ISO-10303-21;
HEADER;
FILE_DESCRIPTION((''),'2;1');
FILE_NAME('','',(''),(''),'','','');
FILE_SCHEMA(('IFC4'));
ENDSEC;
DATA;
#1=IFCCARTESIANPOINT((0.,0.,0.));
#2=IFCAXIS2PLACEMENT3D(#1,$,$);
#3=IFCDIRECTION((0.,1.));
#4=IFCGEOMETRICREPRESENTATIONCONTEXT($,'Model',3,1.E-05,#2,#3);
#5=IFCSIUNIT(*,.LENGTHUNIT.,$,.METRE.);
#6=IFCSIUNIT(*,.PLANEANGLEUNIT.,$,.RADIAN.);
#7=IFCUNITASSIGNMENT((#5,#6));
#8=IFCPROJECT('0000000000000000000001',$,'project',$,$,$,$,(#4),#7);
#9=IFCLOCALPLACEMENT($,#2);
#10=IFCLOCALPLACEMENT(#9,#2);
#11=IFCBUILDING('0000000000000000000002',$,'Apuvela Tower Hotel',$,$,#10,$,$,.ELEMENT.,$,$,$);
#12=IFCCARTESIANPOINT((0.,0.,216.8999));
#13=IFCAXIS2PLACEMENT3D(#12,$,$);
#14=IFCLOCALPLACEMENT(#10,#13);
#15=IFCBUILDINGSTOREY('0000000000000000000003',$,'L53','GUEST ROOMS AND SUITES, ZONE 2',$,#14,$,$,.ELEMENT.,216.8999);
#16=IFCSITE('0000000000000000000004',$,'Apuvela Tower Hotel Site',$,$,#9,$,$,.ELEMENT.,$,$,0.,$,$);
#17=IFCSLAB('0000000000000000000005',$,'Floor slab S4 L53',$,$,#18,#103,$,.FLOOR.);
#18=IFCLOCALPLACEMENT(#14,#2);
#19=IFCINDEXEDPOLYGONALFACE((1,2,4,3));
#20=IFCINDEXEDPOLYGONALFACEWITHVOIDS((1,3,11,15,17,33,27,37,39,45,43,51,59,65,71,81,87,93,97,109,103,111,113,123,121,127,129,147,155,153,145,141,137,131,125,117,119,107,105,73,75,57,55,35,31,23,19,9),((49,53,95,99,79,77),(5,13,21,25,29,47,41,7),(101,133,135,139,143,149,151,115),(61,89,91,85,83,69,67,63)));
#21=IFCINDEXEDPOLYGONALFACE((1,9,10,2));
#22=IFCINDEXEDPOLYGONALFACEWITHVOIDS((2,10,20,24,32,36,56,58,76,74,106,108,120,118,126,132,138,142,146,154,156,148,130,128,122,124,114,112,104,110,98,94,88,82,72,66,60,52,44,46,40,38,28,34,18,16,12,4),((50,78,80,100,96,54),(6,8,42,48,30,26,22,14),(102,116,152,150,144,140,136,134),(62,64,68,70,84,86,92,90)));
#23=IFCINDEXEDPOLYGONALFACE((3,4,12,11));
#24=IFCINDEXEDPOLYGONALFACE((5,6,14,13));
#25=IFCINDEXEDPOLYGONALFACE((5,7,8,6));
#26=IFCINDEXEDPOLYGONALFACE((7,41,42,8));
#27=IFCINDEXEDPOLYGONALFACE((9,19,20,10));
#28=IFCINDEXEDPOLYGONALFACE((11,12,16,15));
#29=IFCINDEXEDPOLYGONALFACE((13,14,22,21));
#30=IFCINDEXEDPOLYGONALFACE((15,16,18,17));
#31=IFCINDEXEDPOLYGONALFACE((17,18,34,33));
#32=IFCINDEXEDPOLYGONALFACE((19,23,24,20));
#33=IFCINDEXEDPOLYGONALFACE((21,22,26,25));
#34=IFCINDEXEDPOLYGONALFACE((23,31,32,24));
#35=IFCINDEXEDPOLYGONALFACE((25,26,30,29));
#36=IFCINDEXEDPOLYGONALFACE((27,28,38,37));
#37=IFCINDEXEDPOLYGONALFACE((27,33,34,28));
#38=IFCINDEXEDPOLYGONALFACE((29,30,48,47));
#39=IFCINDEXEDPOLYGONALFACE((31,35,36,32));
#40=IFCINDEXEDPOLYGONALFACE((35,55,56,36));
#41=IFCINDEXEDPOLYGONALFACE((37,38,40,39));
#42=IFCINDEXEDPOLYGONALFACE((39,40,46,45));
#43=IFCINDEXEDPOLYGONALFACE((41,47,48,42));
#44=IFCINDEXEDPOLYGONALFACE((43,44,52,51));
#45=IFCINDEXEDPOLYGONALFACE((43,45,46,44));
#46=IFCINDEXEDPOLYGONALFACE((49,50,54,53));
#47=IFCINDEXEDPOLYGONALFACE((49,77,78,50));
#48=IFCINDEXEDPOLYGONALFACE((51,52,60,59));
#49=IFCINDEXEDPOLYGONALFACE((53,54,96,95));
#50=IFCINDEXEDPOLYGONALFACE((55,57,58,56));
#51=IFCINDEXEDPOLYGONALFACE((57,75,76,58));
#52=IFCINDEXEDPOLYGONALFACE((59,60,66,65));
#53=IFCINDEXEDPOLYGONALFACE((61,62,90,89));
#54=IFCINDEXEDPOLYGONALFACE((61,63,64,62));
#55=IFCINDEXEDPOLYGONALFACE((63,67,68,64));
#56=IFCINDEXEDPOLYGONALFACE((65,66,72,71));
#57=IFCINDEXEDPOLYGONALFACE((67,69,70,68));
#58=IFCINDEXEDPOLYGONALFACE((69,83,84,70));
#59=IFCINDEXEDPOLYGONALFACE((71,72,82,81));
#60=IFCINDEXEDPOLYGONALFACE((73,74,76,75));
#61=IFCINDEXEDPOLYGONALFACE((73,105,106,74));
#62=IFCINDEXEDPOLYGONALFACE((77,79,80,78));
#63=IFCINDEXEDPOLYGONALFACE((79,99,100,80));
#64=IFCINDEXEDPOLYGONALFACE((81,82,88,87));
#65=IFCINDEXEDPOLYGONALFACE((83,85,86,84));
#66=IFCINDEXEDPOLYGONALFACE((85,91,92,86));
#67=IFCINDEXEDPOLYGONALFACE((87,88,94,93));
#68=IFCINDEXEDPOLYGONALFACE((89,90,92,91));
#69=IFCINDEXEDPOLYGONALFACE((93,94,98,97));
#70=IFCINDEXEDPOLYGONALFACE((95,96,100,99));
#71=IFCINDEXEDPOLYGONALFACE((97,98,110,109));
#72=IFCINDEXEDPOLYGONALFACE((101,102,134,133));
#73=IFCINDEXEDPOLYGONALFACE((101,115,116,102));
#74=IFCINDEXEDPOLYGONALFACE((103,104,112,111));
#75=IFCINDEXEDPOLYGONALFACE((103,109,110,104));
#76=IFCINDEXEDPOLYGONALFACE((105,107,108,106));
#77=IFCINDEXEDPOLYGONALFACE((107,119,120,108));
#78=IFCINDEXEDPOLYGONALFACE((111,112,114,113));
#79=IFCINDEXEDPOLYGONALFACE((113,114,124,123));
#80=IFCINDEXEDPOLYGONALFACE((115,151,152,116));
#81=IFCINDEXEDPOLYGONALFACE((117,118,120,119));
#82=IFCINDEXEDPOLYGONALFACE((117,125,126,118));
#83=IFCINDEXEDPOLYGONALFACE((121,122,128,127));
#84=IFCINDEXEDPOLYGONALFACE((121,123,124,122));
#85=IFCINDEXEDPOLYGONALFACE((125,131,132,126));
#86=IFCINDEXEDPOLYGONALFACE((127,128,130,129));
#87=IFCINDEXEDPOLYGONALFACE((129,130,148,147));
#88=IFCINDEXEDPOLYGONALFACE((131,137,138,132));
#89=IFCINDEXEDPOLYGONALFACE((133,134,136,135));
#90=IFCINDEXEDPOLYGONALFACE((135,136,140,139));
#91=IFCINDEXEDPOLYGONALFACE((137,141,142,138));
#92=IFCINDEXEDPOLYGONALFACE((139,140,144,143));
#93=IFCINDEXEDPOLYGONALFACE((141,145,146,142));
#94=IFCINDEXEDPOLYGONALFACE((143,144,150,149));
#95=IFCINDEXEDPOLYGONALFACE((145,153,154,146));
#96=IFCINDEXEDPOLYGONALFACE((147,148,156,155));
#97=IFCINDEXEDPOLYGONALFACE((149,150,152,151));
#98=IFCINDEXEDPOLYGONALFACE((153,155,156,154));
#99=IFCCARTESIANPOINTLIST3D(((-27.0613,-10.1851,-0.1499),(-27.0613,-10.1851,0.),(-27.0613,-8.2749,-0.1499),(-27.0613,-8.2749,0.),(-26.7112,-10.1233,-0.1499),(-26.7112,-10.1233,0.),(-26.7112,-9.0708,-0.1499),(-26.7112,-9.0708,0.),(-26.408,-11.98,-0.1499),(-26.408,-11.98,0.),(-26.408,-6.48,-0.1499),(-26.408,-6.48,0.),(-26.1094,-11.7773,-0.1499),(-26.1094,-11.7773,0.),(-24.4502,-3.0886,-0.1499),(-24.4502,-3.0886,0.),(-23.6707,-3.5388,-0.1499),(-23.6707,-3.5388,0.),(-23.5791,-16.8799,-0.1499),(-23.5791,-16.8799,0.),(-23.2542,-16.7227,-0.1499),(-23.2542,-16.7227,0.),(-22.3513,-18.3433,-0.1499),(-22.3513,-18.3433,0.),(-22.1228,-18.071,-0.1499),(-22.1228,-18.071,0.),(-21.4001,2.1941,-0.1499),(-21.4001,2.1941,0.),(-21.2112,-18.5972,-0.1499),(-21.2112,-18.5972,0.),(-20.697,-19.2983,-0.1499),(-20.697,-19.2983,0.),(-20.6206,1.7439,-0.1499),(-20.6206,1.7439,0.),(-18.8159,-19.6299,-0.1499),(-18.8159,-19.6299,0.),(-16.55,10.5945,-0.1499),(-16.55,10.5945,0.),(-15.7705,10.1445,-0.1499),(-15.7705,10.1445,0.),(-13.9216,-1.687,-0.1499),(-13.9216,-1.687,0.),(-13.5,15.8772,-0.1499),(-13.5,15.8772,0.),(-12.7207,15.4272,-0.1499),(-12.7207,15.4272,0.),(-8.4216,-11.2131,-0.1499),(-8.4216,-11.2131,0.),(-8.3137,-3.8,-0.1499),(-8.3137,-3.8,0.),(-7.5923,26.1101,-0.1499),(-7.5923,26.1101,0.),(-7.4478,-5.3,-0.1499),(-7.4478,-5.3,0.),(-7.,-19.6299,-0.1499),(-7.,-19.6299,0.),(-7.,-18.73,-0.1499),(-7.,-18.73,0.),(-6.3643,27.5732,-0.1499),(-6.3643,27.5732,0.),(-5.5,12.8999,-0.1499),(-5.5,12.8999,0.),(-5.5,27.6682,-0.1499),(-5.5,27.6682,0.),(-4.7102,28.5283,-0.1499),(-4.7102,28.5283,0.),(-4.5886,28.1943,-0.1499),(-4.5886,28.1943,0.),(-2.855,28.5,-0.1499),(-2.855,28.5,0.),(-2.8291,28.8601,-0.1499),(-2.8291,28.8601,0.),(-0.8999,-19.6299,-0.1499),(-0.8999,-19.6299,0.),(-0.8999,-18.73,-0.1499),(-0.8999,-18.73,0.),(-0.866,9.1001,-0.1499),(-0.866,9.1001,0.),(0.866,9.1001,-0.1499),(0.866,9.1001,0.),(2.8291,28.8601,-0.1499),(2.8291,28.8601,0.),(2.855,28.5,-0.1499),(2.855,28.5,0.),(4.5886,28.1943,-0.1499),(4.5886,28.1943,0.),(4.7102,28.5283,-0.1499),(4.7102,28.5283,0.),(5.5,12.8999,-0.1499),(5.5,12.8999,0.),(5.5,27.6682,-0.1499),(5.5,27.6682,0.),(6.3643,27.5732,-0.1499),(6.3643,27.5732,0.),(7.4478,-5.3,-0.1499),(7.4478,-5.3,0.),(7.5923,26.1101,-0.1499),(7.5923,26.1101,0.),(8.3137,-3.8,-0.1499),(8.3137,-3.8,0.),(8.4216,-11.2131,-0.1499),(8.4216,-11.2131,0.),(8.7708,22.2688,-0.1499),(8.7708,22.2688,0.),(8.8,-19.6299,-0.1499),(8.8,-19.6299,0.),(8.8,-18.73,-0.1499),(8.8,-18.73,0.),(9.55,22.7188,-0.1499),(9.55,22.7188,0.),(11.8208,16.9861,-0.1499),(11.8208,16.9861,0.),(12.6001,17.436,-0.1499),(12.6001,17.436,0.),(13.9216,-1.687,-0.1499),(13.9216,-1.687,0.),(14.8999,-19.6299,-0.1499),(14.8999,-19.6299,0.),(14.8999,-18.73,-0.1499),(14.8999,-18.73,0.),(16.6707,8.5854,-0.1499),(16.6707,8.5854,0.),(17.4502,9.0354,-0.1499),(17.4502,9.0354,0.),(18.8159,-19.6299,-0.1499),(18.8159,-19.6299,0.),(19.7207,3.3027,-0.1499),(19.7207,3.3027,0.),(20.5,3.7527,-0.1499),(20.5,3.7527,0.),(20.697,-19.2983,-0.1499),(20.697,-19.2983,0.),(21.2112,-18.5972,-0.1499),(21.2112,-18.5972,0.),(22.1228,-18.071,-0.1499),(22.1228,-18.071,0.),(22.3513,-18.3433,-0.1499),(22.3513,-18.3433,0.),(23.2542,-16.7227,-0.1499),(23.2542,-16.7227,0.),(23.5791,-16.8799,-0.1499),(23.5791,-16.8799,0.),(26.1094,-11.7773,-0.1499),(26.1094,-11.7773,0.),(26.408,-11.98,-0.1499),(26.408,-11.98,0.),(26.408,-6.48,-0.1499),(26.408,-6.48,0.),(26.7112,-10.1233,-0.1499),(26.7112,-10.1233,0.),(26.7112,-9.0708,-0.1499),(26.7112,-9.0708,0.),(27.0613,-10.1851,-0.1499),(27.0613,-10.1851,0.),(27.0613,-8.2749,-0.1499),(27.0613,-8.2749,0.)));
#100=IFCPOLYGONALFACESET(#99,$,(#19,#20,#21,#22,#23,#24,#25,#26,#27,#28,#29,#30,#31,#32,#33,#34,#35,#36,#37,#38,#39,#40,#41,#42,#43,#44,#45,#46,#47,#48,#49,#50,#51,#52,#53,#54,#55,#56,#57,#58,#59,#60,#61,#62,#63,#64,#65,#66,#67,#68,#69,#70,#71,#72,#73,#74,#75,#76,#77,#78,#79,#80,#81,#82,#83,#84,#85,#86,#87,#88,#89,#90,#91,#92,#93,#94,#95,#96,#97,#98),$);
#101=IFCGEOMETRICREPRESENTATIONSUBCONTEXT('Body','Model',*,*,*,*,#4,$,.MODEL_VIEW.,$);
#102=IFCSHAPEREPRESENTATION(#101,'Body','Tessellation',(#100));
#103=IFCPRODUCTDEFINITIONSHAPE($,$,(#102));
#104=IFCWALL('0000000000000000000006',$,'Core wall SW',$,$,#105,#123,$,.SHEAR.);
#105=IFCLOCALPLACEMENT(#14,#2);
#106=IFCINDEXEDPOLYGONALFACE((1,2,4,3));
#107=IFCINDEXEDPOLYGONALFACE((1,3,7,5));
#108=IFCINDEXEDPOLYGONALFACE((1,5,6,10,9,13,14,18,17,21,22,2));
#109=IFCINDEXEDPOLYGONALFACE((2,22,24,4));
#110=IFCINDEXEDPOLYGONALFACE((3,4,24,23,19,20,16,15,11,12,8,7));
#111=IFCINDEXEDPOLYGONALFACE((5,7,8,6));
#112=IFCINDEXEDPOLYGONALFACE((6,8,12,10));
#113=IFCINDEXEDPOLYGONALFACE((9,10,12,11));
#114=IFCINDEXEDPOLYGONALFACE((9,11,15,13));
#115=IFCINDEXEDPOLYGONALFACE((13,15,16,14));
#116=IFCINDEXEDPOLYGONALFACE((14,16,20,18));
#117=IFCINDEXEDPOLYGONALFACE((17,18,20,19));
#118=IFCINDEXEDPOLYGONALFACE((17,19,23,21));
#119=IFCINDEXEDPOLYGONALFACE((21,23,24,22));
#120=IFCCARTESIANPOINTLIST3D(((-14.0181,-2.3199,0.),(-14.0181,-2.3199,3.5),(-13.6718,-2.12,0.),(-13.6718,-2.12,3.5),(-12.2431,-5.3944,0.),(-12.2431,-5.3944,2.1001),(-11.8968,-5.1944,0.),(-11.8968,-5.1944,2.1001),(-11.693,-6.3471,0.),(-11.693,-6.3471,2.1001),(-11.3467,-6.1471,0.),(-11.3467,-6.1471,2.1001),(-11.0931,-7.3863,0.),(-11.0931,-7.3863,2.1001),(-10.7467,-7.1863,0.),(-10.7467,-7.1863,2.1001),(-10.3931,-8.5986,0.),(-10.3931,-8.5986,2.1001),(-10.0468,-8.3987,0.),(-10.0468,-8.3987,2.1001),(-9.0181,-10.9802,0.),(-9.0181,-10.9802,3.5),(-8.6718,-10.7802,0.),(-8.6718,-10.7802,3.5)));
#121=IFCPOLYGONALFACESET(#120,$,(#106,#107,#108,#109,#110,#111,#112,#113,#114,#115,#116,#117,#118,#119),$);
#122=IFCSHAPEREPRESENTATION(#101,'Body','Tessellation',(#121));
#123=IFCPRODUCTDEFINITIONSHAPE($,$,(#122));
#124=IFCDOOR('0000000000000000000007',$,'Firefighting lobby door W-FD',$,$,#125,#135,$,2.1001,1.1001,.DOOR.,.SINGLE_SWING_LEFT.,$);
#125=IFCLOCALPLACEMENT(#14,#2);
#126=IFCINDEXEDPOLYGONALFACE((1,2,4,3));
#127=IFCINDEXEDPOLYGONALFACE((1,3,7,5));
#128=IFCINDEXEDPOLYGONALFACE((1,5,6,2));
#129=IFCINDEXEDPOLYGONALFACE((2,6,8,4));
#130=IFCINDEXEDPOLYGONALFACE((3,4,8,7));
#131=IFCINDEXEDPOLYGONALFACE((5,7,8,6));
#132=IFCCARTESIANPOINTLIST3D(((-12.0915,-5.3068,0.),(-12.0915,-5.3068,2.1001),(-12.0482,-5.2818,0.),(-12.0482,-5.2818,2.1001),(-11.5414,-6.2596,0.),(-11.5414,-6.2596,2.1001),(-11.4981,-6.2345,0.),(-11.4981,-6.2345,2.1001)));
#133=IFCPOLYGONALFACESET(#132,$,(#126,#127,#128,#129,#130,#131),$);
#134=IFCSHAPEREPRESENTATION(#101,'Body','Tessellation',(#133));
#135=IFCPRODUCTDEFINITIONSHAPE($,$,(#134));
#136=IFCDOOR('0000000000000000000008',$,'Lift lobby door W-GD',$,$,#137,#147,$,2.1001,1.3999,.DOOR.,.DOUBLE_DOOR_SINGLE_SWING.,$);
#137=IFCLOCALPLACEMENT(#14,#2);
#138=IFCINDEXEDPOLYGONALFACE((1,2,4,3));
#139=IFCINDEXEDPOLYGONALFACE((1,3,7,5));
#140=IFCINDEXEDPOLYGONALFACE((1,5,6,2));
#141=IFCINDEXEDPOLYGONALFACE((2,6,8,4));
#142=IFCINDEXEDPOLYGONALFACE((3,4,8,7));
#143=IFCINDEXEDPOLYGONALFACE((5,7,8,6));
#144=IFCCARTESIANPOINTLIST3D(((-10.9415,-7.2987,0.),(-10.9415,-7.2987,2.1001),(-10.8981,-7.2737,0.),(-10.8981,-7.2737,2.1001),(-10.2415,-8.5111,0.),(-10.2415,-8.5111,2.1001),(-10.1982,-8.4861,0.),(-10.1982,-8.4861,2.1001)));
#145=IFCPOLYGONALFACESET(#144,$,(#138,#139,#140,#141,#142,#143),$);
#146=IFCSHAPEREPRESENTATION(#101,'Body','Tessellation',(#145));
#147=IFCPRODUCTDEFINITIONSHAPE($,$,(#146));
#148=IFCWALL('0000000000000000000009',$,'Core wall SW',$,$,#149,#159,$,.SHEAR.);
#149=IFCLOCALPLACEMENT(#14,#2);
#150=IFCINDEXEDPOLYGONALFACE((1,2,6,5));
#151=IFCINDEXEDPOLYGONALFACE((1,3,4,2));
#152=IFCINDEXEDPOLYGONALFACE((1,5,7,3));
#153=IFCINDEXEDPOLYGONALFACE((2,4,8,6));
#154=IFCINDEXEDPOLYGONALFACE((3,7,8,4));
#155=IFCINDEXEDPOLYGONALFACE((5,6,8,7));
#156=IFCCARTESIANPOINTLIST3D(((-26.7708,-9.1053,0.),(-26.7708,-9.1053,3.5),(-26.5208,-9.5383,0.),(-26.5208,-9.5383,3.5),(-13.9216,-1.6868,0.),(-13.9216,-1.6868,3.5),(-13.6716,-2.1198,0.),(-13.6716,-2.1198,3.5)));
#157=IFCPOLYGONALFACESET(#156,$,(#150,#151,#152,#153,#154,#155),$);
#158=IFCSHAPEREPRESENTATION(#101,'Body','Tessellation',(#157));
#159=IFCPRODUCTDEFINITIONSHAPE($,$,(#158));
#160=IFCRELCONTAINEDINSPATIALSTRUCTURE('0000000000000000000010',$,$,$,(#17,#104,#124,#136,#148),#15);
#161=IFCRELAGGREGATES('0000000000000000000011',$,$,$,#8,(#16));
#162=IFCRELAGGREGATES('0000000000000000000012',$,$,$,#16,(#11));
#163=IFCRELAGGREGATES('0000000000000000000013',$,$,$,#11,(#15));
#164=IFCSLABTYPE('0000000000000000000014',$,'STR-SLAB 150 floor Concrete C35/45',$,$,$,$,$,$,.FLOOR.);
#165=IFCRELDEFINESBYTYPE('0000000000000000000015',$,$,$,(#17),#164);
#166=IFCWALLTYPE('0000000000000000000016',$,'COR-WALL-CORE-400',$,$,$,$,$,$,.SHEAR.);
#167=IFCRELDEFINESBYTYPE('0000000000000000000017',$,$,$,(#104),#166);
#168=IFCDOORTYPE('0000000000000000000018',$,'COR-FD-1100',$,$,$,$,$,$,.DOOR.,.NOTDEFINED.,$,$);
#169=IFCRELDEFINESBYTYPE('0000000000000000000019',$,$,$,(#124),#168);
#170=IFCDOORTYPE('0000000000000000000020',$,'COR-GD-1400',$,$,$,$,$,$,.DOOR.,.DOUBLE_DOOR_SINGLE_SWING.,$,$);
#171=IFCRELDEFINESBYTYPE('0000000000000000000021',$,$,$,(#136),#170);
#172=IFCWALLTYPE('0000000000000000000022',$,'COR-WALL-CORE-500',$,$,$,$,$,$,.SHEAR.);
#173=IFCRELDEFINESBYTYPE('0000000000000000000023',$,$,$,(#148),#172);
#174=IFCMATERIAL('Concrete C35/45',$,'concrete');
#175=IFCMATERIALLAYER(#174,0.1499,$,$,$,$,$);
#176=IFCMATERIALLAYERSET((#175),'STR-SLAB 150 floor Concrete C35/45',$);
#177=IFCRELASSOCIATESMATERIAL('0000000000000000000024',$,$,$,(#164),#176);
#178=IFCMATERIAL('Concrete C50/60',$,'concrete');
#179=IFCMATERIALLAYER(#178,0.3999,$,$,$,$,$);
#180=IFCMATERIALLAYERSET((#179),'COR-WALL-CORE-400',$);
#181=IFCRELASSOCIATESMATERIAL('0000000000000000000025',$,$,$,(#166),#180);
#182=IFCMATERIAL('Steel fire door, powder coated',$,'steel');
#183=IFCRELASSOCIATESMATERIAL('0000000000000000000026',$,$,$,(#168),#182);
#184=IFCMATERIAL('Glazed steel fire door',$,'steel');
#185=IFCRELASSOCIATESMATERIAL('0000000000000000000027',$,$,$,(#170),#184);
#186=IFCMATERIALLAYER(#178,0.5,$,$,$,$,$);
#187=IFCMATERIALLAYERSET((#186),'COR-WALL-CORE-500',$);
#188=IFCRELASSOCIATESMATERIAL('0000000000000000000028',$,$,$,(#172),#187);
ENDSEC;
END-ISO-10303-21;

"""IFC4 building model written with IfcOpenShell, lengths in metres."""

from ifc_helpers import new_model, si_unit, direction, frame, frame_2d, origin, place, context, subcontext, project, spatial, polyline, rectangle, outline, extrude, material, layer, layer_set, type_object, element, fill, save


model = new_model("IFC4")

# Units and contexts
model_context = context("Model", 3, precision=1e-05, world=origin(), true_north=direction((0.0, 1.0)))
body_context = subcontext(model_context, "Body", "Model", "MODEL_VIEW")
ifc_project = project(units=[si_unit("LENGTHUNIT", "METRE"), si_unit("PLANEANGLEUNIT", "RADIAN")], contexts=[model_context])

# Site, building, storey
site_placement = place(None, origin())
site = spatial("IfcSite", under=ifc_project, at=site_placement, Name="Apuvela Tower Hotel Site", CompositionType="ELEMENT", RefElevation=0.0)
building_placement = place(site_placement, origin())
building = spatial("IfcBuilding", under=site, at=building_placement, Name="Apuvela Tower Hotel", CompositionType="ELEMENT")
storey_placement = place(building_placement, frame((0.0, 0.0, 216.8999)))
storey = spatial("IfcBuildingStorey", under=building, at=storey_placement, Name="L53", Description="GUEST ROOMS AND SUITES, ZONE 2", CompositionType="ELEMENT", Elevation=216.8999)

# Slab
ifc_material_1 = material(Name="Concrete C35/45", Category="concrete")
ifc_layer_1 = layer(ifc_material_1, 0.1499)
ifc_layer_set_1 = layer_set([ifc_layer_1], Name="STR-SLAB 150 floor Concrete C35/45")
slab_type_1 = type_object("IfcSlabType", Name="STR-SLAB 150 floor Concrete C35/45", PredefinedType="FLOOR", material=ifc_layer_set_1)
slab_1_placement = place(storey_placement, frame((0.0, 0.0, -0.1499)))
element("IfcSlab", 1, at=slab_1_placement, inside=storey, type_object=slab_type_1, Name="Floor slab S4 L53", PredefinedType="FLOOR", context=body_context, shape_type="SweptSolid", body=[
    extrude(outline(polyline([(-6.3643, 27.5732), (-4.7102, 28.5283), (-2.8291, 28.8601), (2.8291, 28.8601), (4.7102, 28.5283), (6.3643, 27.5732), (7.5923, 26.1101), (9.55, 22.7188), (8.7708, 22.2688), (11.8208, 16.9861), (12.6001, 17.436), (17.4502, 9.0354), (16.6707, 8.5854), (19.7207, 3.3027), (20.5, 3.7527), (26.408, -6.48), (27.0613, -8.2749), (27.0613, -10.1851), (26.408, -11.98), (23.5791, -16.8799), (22.3513, -18.3433), (20.697, -19.2983), (18.8159, -19.6299), (14.8999, -19.6299), (14.8999, -18.73), (8.8, -18.73), (8.8, -19.6299), (-0.8999, -19.6299), (-0.8999, -18.73), (-7.0, -18.73), (-7.0, -19.6299), (-18.8159, -19.6299), (-20.697, -19.2983), (-22.3513, -18.3433), (-23.5791, -16.8799), (-26.408, -11.98), (-27.0613, -10.1851), (-27.0613, -8.2749), (-26.408, -6.48), (-24.4502, -3.0886), (-23.6707, -3.5388), (-20.6206, 1.7439), (-21.4001, 2.1941), (-16.55, 10.5945), (-15.7705, 10.1445), (-12.7207, 15.4272), (-13.5, 15.8772), (-7.5923, 26.1101), (-6.3643, 27.5732)]), holes=[polyline([(0.866, 9.1001), (-0.866, 9.1001), (-8.3137, -3.8), (-7.4478, -5.3), (7.4478, -5.3), (8.3137, -3.8), (0.866, 9.1001)]), polyline([(-5.5, 12.8999), (-5.5, 27.6682), (-4.5886, 28.1943), (-2.855, 28.5), (2.855, 28.5), (4.5886, 28.1943), (5.5, 27.6682), (5.5, 12.8999), (-5.5, 12.8999)]), polyline([(-8.4216, -11.2131), (-21.2112, -18.5972), (-22.1228, -18.071), (-23.2542, -16.7227), (-26.1094, -11.7773), (-26.7112, -10.1233), (-26.7112, -9.0708), (-13.9216, -1.687), (-8.4216, -11.2131)]), polyline([(13.9216, -1.687), (26.7112, -9.0708), (26.7112, -10.1233), (26.1094, -11.7773), (23.2542, -16.7227), (22.1228, -18.071), (21.2112, -18.5972), (8.4216, -11.2131), (13.9216, -1.687)])]), origin(), (0.0, 0.0, 1.0), 0.1499),
])

# Wall, openings, doors
ifc_material_2 = material(Name="Concrete C50/60", Category="concrete")
ifc_layer_2 = layer(ifc_material_2, 0.3999)
ifc_layer_set_2 = layer_set([ifc_layer_2], Name="COR-WALL-CORE-400")
wall_type_1 = type_object("IfcWallType", Name="COR-WALL-CORE-400", PredefinedType="SHEAR", material=ifc_layer_set_2)
wall_1_placement = place(storey_placement, frame((-13.845, -2.22, 0.0), z_axis=(0.0, 0.0, 1.0), x_axis=(0.500004, -0.866023, 0.0)))
wall_1 = element("IfcWall", 2, at=wall_1_placement, inside=storey, type_object=wall_type_1, Name="Core wall SW", PredefinedType="SHEAR", context=body_context, shape_type="SweptSolid", body=[
    extrude(rectangle(XDim=10.0, YDim=0.3999, at=frame_2d((5.0, 0.0))), origin(), (0.0, 0.0, 1.0), 3.5),
])
opening_1_placement = place(wall_1_placement, frame((3.55, 0.0, 0.0)))
opening_1 = element("IfcOpeningElement", 3, at=opening_1_placement, cuts=wall_1, PredefinedType="OPENING", context=body_context, shape_type="SweptSolid", body=[
    extrude(rectangle(XDim=1.1001, YDim=2.1001, at=frame_2d((0.55, 1.05))), frame((0.0, 0.21, 0.0), z_axis=(0.0, -1.0, 0.0), x_axis=(1.0, 0.0, 0.0)), (0.0, 0.0, 1.0), 0.4199),
])
opening_2_placement = place(wall_1_placement, frame((5.8501, 0.0, 0.0)))
opening_2 = element("IfcOpeningElement", 4, at=opening_2_placement, cuts=wall_1, PredefinedType="OPENING", context=body_context, shape_type="SweptSolid", body=[
    extrude(rectangle(XDim=1.3999, YDim=2.1001, at=frame_2d((0.7, 1.05))), frame((0.0, 0.21, 0.0), z_axis=(0.0, -1.0, 0.0), x_axis=(1.0, 0.0, 0.0)), (0.0, 0.0, 1.0), 0.4199),
])
ifc_material_3 = material(Name="Steel fire door, powder coated", Category="steel")
door_type_1 = type_object("IfcDoorType", Name="COR-FD-1100", OperationType="NOTDEFINED", PredefinedType="DOOR", material=ifc_material_3)
door_1_placement = place(opening_1_placement, frame((1.1001, 0.0, 0.0), z_axis=(0.0, 0.0, 1.0), x_axis=(-1.0, 0.0, 0.0)))
door_1 = element("IfcDoor", 5, at=door_1_placement, inside=storey, type_object=door_type_1, Name="Firefighting lobby door W-FD", OperationType="SINGLE_SWING_LEFT", OverallHeight=2.1001, OverallWidth=1.1001, PredefinedType="DOOR", context=body_context, shape_type="SweptSolid", body=[
    extrude(rectangle(XDim=1.1001, YDim=2.1001, at=frame_2d((0.55, 1.05))), frame((0.0, 0.0249, 0.0), z_axis=(0.0, -1.0, 0.0), x_axis=(1.0, 0.0, 0.0)), (0.0, 0.0, 1.0), 0.05),
])
fill(opening_1, door_1)
ifc_material_4 = material(Name="Glazed steel fire door", Category="steel")
door_type_2 = type_object("IfcDoorType", Name="COR-GD-1400", OperationType="DOUBLE_DOOR_SINGLE_SWING", PredefinedType="DOOR", material=ifc_material_4)
door_2_placement = place(opening_2_placement, frame((1.3999, 0.0, 0.0), z_axis=(0.0, 0.0, 1.0), x_axis=(-1.0, 0.0, 0.0)))
door_2 = element("IfcDoor", 6, at=door_2_placement, inside=storey, type_object=door_type_2, Name="Lift lobby door W-GD", OperationType="DOUBLE_DOOR_SINGLE_SWING", OverallHeight=2.1001, OverallWidth=1.3999, PredefinedType="DOOR", context=body_context, shape_type="SweptSolid", body=[
    extrude(rectangle(XDim=1.3999, YDim=2.1001, at=frame_2d((0.7, 1.05))), frame((0.0, 0.0249, 0.0), z_axis=(0.0, -1.0, 0.0), x_axis=(1.0, 0.0, 0.0)), (0.0, 0.0, 1.0), 0.05),
])
fill(opening_2, door_2)

# Wall
ifc_layer_3 = layer(ifc_material_2, 0.5)
ifc_layer_set_3 = layer_set([ifc_layer_3], Name="COR-WALL-CORE-500")
wall_type_2 = type_object("IfcWallType", Name="COR-WALL-CORE-500", PredefinedType="SHEAR", material=ifc_layer_set_3)
wall_2_placement = place(storey_placement, frame((-13.7966, -1.9033, 0.0), z_axis=(0.0, 0.0, 1.0), x_axis=(-0.866025, -0.500001, 0.0)))
element("IfcWall", 7, at=wall_2_placement, inside=storey, type_object=wall_type_2, Name="Core wall SW", PredefinedType="SHEAR", context=body_context, shape_type="SweptSolid", body=[
    extrude(rectangle(XDim=14.8369, YDim=0.5, at=frame_2d((7.4185, 0.0))), origin(), (0.0, 0.0, 1.0), 3.5),
])

save(model, "model.ifc")
